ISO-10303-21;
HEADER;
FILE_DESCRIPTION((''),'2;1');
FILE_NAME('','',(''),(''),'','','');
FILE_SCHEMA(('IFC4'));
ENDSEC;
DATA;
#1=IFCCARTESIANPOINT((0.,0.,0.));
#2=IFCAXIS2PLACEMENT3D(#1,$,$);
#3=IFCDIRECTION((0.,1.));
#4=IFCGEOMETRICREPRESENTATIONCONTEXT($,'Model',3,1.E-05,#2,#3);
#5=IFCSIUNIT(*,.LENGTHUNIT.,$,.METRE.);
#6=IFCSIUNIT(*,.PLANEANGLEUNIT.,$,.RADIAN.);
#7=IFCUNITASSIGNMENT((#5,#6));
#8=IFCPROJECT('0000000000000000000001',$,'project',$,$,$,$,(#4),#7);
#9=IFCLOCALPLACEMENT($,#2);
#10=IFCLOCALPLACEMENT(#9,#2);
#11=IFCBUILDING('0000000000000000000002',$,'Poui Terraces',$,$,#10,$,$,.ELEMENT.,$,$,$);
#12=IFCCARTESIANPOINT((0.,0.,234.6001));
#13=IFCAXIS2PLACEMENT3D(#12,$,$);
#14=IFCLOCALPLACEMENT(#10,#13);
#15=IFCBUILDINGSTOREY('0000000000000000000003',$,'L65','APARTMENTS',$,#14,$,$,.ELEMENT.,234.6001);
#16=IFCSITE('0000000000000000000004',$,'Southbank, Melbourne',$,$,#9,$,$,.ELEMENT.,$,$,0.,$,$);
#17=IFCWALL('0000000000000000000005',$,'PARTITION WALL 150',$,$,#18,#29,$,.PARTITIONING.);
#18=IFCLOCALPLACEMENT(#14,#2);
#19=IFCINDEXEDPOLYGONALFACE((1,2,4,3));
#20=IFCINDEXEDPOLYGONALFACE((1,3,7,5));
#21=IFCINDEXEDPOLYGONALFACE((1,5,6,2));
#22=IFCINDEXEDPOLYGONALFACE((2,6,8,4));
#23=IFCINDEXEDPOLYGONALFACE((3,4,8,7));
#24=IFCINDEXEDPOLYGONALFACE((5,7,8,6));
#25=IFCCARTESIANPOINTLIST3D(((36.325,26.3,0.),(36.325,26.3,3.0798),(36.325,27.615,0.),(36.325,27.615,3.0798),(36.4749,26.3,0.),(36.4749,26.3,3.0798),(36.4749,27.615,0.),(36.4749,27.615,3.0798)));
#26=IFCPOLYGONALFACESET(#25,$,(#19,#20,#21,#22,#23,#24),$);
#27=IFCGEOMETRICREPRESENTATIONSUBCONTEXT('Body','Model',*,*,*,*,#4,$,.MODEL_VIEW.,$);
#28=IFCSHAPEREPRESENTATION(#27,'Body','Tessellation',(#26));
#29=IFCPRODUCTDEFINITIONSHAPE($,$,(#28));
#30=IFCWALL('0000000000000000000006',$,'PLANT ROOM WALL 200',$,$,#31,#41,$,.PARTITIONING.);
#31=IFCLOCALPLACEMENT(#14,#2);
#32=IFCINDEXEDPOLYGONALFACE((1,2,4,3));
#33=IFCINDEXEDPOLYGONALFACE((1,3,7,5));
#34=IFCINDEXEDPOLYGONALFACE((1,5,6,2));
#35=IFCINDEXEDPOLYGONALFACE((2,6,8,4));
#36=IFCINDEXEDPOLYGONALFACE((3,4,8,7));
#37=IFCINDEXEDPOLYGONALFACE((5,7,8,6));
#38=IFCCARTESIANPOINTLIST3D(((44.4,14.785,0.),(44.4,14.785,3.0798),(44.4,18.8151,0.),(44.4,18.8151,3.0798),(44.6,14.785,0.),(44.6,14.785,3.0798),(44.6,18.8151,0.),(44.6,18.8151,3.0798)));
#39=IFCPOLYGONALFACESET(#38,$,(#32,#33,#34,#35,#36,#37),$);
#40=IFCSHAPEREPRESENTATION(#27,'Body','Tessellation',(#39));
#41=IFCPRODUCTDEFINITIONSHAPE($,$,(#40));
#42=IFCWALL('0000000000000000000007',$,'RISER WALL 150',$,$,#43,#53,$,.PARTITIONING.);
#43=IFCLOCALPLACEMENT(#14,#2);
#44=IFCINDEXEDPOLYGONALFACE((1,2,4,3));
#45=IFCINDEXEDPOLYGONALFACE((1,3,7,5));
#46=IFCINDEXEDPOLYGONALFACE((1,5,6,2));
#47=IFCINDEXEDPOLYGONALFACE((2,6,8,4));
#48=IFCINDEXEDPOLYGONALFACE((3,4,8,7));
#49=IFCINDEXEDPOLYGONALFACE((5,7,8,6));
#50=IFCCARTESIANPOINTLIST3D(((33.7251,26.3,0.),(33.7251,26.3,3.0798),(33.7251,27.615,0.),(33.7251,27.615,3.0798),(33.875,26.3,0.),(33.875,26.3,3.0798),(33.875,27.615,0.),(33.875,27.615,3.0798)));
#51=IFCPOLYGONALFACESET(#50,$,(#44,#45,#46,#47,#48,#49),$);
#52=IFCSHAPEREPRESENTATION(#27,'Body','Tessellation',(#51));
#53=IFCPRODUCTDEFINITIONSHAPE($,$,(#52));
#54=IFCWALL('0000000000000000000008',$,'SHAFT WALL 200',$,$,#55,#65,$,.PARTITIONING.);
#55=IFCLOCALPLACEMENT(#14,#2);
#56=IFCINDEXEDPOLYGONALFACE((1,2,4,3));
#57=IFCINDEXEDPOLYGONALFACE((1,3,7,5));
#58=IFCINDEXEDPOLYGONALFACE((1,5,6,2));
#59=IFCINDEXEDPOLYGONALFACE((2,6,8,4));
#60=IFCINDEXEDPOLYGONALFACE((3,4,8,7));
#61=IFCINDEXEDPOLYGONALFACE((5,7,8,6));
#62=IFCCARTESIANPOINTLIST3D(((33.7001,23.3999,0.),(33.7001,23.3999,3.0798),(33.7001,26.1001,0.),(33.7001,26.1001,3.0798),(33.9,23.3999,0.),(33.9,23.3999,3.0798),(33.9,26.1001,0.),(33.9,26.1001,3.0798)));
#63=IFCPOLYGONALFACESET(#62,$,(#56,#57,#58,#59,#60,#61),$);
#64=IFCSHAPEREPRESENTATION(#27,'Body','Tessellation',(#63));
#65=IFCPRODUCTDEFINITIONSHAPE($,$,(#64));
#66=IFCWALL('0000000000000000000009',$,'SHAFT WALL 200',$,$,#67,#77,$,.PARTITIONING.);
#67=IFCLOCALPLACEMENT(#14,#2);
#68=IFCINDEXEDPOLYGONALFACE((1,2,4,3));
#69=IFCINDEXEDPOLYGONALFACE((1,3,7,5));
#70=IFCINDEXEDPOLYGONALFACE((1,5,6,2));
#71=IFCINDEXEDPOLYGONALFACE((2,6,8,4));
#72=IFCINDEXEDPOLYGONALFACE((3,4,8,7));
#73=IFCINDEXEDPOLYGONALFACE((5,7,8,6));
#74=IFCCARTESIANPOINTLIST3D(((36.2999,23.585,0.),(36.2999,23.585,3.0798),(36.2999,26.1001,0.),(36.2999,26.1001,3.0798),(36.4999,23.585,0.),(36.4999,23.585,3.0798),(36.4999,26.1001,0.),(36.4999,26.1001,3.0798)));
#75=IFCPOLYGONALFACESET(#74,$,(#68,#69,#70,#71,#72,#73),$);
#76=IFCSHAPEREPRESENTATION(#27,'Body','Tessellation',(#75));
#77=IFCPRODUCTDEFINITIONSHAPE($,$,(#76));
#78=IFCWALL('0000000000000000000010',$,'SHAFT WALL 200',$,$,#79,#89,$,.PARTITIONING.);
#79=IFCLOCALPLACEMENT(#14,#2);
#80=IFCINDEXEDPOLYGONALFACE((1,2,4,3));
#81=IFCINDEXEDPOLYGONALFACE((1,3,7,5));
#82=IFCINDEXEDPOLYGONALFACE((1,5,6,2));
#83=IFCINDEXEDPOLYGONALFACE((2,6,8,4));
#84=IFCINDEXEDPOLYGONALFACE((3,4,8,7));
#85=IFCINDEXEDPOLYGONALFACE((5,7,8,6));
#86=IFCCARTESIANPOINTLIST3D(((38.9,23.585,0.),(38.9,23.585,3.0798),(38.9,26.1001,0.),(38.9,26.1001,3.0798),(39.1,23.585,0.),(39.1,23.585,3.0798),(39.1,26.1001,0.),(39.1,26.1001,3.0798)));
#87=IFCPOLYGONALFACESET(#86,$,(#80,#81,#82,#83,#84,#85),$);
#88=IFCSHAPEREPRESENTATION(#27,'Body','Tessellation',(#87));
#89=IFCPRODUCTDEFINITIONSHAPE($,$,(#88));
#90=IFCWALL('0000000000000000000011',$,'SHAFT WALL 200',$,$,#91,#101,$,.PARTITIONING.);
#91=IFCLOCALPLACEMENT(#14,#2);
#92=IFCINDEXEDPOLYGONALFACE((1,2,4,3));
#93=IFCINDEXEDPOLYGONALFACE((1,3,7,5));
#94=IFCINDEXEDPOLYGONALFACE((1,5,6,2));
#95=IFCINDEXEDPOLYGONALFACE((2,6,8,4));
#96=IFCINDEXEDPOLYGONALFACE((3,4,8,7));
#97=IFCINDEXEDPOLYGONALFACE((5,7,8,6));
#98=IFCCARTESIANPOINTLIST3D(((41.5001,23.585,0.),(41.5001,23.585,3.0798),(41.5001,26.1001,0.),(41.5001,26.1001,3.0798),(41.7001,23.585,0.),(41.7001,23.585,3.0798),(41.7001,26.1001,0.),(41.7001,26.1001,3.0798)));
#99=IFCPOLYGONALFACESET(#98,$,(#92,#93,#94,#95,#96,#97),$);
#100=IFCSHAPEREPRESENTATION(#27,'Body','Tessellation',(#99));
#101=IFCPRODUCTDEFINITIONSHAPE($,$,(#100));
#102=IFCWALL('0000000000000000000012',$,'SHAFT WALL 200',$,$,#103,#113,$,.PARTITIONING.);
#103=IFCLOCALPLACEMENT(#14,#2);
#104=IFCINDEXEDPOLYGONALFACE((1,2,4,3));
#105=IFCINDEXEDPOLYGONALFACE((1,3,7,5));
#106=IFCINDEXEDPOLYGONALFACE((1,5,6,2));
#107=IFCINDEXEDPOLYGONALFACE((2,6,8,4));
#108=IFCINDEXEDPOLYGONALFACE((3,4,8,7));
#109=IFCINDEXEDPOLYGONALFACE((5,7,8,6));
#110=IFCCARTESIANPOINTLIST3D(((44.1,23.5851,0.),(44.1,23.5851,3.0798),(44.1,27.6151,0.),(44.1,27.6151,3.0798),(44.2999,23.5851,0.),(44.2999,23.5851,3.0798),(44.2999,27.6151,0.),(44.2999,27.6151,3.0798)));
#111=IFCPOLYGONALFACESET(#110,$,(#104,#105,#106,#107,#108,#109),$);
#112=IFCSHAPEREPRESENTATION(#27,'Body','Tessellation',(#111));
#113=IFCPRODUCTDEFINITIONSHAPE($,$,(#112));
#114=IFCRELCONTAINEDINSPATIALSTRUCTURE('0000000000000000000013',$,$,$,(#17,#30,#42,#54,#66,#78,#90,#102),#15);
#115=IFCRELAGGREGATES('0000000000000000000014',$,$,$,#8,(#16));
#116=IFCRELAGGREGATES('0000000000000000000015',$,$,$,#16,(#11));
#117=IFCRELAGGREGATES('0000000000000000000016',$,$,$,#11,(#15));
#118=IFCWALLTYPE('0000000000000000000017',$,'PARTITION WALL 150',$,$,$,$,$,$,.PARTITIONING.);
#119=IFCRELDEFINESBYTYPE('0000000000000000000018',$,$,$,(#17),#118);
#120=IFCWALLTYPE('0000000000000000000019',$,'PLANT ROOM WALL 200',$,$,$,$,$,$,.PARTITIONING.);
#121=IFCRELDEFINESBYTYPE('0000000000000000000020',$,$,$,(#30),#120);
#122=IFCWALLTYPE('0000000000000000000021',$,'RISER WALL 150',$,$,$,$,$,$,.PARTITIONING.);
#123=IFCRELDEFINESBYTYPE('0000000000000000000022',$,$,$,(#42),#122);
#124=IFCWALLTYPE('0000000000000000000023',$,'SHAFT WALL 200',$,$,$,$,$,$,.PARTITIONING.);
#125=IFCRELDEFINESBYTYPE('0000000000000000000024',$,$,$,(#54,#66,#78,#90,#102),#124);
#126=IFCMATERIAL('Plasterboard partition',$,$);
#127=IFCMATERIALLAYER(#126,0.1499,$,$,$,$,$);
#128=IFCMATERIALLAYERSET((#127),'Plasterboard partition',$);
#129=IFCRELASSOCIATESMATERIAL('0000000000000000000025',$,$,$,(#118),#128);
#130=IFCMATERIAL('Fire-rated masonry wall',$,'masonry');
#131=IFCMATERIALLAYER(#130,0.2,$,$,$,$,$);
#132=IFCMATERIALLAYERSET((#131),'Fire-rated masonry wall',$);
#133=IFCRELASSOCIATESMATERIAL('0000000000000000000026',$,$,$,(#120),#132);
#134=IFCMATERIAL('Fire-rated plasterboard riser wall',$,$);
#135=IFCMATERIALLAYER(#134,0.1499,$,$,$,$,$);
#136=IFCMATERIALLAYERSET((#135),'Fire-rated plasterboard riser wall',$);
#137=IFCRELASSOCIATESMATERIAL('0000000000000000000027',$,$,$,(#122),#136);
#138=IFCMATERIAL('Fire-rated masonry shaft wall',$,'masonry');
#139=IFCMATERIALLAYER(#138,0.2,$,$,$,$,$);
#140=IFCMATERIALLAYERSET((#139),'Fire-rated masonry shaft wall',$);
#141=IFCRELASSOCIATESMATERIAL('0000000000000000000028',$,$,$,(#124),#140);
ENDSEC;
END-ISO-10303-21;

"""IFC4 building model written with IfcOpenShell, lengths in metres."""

from ifc_helpers import new_model, si_unit, direction, frame, frame_2d, origin, place, context, subcontext, project, spatial, rectangle, extrude, material, layer, layer_set, type_object, element, save


model = new_model("IFC4")

# Units and contexts
model_context = context("Model", 3, precision=1e-05, world=origin(), true_north=direction((0.0, 1.0)))
body_context = subcontext(model_context, "Body", "Model", "MODEL_VIEW")
ifc_project = project(units=[si_unit("LENGTHUNIT", "METRE"), si_unit("PLANEANGLEUNIT", "RADIAN")], contexts=[model_context])

# Site, building, storey
site_placement = place(None, origin())
site = spatial("IfcSite", under=ifc_project, at=site_placement, Name="Southbank, Melbourne", CompositionType="ELEMENT", RefElevation=0.0)
building_placement = place(site_placement, origin())
building = spatial("IfcBuilding", under=site, at=building_placement, Name="Poui Terraces", CompositionType="ELEMENT")
storey_placement = place(building_placement, frame((0.0, 0.0, 234.6001)))
storey = spatial("IfcBuildingStorey", under=building, at=storey_placement, Name="L65", Description="APARTMENTS", CompositionType="ELEMENT", Elevation=234.6001)

# Walls
ifc_material_1 = material(Name="Plasterboard partition")
ifc_layer_1 = layer(ifc_material_1, 0.1499)
ifc_layer_set_1 = layer_set([ifc_layer_1], Name="Plasterboard partition")
wall_type_1 = type_object("IfcWallType", Name="PARTITION WALL 150", PredefinedType="PARTITIONING", material=ifc_layer_set_1)
wall_1_placement = place(storey_placement, frame((36.3999, 26.3, 0.0), z_axis=(0.0, 0.0, 1.0), x_axis=(0.0, 1.0, 0.0)))
element("IfcWall", 1, at=wall_1_placement, inside=storey, type_object=wall_type_1, Name="PARTITION WALL 150", PredefinedType="PARTITIONING", context=body_context, shape_type="SweptSolid", body=[
    extrude(rectangle(XDim=1.3149, YDim=0.1499, at=frame_2d((0.6575, 0.0))), origin(), (0.0, 0.0, 1.0), 3.0798),
])
ifc_material_2 = material(Name="Fire-rated masonry wall", Category="masonry")
ifc_layer_2 = layer(ifc_material_2, 0.2)
ifc_layer_set_2 = layer_set([ifc_layer_2], Name="Fire-rated masonry wall")
wall_type_2 = type_object("IfcWallType", Name="PLANT ROOM WALL 200", PredefinedType="PARTITIONING", material=ifc_layer_set_2)
wall_2_placement = place(storey_placement, frame((44.5, 14.7849, 0.0), z_axis=(0.0, 0.0, 1.0), x_axis=(0.0, 1.0, 0.0)))
element("IfcWall", 2, at=wall_2_placement, inside=storey, type_object=wall_type_2, Name="PLANT ROOM WALL 200", PredefinedType="PARTITIONING", context=body_context, shape_type="SweptSolid", body=[
    extrude(rectangle(XDim=4.03, YDim=0.2, at=frame_2d((2.0151, 0.0))), origin(), (0.0, 0.0, 1.0), 3.0798),
])
ifc_material_3 = material(Name="Fire-rated plasterboard riser wall")
ifc_layer_3 = layer(ifc_material_3, 0.1499)
ifc_layer_set_3 = layer_set([ifc_layer_3], Name="Fire-rated plasterboard riser wall")
wall_type_3 = type_object("IfcWallType", Name="RISER WALL 150", PredefinedType="PARTITIONING", material=ifc_layer_set_3)
wall_3_placement = place(storey_placement, frame((33.8, 26.3, 0.0), z_axis=(0.0, 0.0, 1.0), x_axis=(0.0, 1.0, 0.0)))
element("IfcWall", 3, at=wall_3_placement, inside=storey, type_object=wall_type_3, Name="RISER WALL 150", PredefinedType="PARTITIONING", context=body_context, shape_type="SweptSolid", body=[
    extrude(rectangle(XDim=1.3149, YDim=0.1499, at=frame_2d((0.6575, 0.0))), origin(), (0.0, 0.0, 1.0), 3.0798),
])
ifc_material_4 = material(Name="Fire-rated masonry shaft wall", Category="masonry")
ifc_layer_4 = layer(ifc_material_4, 0.2)
ifc_layer_set_4 = layer_set([ifc_layer_4], Name="Fire-rated masonry shaft wall")
wall_type_4 = type_object("IfcWallType", Name="SHAFT WALL 200", PredefinedType="PARTITIONING", material=ifc_layer_set_4)
wall_4_placement = place(storey_placement, frame((33.8, 23.3999, 0.0), z_axis=(0.0, 0.0, 1.0), x_axis=(0.0, 1.0, 0.0)))
element("IfcWall", 4, at=wall_4_placement, inside=storey, type_object=wall_type_4, Name="SHAFT WALL 200", PredefinedType="PARTITIONING", context=body_context, shape_type="SweptSolid", body=[
    extrude(rectangle(XDim=2.7002, YDim=0.2, at=frame_2d((1.3501, 0.0))), origin(), (0.0, 0.0, 1.0), 3.0798),
])
for number, where, z_axis, x_axis, name in (
    (5, (36.3999, 23.585, 0.0), (0.0, 0.0, 1.0), (0.0, 1.0, 0.0), "SHAFT WALL 200"),
    (6, (39.0, 23.585, 0.0), (0.0, 0.0, 1.0), (0.0, 1.0, 0.0), "SHAFT WALL 200"),
    (7, (41.6001, 23.585, 0.0), (0.0, 0.0, 1.0), (0.0, 1.0, 0.0), "SHAFT WALL 200"),
):
    element("IfcWall", number, at=place(storey_placement, frame(where, z_axis=z_axis, x_axis=x_axis)), inside=storey, type_object=wall_type_4, Name=name, PredefinedType="PARTITIONING", context=body_context, shape_type="SweptSolid", body=[
        extrude(rectangle(XDim=2.5151, YDim=0.2, at=frame_2d((1.2576, 0.0))), origin(), (0.0, 0.0, 1.0), 3.0798),
    ])
wall_5_placement = place(storey_placement, frame((44.2, 23.585, 0.0), z_axis=(0.0, 0.0, 1.0), x_axis=(0.0, 1.0, 0.0)))
element("IfcWall", 8, at=wall_5_placement, inside=storey, type_object=wall_type_4, Name="SHAFT WALL 200", PredefinedType="PARTITIONING", context=body_context, shape_type="SweptSolid", body=[
    extrude(rectangle(XDim=4.03, YDim=0.2, at=frame_2d((2.0151, 0.0))), origin(), (0.0, 0.0, 1.0), 3.0798),
])

save(model, "model.ifc")
